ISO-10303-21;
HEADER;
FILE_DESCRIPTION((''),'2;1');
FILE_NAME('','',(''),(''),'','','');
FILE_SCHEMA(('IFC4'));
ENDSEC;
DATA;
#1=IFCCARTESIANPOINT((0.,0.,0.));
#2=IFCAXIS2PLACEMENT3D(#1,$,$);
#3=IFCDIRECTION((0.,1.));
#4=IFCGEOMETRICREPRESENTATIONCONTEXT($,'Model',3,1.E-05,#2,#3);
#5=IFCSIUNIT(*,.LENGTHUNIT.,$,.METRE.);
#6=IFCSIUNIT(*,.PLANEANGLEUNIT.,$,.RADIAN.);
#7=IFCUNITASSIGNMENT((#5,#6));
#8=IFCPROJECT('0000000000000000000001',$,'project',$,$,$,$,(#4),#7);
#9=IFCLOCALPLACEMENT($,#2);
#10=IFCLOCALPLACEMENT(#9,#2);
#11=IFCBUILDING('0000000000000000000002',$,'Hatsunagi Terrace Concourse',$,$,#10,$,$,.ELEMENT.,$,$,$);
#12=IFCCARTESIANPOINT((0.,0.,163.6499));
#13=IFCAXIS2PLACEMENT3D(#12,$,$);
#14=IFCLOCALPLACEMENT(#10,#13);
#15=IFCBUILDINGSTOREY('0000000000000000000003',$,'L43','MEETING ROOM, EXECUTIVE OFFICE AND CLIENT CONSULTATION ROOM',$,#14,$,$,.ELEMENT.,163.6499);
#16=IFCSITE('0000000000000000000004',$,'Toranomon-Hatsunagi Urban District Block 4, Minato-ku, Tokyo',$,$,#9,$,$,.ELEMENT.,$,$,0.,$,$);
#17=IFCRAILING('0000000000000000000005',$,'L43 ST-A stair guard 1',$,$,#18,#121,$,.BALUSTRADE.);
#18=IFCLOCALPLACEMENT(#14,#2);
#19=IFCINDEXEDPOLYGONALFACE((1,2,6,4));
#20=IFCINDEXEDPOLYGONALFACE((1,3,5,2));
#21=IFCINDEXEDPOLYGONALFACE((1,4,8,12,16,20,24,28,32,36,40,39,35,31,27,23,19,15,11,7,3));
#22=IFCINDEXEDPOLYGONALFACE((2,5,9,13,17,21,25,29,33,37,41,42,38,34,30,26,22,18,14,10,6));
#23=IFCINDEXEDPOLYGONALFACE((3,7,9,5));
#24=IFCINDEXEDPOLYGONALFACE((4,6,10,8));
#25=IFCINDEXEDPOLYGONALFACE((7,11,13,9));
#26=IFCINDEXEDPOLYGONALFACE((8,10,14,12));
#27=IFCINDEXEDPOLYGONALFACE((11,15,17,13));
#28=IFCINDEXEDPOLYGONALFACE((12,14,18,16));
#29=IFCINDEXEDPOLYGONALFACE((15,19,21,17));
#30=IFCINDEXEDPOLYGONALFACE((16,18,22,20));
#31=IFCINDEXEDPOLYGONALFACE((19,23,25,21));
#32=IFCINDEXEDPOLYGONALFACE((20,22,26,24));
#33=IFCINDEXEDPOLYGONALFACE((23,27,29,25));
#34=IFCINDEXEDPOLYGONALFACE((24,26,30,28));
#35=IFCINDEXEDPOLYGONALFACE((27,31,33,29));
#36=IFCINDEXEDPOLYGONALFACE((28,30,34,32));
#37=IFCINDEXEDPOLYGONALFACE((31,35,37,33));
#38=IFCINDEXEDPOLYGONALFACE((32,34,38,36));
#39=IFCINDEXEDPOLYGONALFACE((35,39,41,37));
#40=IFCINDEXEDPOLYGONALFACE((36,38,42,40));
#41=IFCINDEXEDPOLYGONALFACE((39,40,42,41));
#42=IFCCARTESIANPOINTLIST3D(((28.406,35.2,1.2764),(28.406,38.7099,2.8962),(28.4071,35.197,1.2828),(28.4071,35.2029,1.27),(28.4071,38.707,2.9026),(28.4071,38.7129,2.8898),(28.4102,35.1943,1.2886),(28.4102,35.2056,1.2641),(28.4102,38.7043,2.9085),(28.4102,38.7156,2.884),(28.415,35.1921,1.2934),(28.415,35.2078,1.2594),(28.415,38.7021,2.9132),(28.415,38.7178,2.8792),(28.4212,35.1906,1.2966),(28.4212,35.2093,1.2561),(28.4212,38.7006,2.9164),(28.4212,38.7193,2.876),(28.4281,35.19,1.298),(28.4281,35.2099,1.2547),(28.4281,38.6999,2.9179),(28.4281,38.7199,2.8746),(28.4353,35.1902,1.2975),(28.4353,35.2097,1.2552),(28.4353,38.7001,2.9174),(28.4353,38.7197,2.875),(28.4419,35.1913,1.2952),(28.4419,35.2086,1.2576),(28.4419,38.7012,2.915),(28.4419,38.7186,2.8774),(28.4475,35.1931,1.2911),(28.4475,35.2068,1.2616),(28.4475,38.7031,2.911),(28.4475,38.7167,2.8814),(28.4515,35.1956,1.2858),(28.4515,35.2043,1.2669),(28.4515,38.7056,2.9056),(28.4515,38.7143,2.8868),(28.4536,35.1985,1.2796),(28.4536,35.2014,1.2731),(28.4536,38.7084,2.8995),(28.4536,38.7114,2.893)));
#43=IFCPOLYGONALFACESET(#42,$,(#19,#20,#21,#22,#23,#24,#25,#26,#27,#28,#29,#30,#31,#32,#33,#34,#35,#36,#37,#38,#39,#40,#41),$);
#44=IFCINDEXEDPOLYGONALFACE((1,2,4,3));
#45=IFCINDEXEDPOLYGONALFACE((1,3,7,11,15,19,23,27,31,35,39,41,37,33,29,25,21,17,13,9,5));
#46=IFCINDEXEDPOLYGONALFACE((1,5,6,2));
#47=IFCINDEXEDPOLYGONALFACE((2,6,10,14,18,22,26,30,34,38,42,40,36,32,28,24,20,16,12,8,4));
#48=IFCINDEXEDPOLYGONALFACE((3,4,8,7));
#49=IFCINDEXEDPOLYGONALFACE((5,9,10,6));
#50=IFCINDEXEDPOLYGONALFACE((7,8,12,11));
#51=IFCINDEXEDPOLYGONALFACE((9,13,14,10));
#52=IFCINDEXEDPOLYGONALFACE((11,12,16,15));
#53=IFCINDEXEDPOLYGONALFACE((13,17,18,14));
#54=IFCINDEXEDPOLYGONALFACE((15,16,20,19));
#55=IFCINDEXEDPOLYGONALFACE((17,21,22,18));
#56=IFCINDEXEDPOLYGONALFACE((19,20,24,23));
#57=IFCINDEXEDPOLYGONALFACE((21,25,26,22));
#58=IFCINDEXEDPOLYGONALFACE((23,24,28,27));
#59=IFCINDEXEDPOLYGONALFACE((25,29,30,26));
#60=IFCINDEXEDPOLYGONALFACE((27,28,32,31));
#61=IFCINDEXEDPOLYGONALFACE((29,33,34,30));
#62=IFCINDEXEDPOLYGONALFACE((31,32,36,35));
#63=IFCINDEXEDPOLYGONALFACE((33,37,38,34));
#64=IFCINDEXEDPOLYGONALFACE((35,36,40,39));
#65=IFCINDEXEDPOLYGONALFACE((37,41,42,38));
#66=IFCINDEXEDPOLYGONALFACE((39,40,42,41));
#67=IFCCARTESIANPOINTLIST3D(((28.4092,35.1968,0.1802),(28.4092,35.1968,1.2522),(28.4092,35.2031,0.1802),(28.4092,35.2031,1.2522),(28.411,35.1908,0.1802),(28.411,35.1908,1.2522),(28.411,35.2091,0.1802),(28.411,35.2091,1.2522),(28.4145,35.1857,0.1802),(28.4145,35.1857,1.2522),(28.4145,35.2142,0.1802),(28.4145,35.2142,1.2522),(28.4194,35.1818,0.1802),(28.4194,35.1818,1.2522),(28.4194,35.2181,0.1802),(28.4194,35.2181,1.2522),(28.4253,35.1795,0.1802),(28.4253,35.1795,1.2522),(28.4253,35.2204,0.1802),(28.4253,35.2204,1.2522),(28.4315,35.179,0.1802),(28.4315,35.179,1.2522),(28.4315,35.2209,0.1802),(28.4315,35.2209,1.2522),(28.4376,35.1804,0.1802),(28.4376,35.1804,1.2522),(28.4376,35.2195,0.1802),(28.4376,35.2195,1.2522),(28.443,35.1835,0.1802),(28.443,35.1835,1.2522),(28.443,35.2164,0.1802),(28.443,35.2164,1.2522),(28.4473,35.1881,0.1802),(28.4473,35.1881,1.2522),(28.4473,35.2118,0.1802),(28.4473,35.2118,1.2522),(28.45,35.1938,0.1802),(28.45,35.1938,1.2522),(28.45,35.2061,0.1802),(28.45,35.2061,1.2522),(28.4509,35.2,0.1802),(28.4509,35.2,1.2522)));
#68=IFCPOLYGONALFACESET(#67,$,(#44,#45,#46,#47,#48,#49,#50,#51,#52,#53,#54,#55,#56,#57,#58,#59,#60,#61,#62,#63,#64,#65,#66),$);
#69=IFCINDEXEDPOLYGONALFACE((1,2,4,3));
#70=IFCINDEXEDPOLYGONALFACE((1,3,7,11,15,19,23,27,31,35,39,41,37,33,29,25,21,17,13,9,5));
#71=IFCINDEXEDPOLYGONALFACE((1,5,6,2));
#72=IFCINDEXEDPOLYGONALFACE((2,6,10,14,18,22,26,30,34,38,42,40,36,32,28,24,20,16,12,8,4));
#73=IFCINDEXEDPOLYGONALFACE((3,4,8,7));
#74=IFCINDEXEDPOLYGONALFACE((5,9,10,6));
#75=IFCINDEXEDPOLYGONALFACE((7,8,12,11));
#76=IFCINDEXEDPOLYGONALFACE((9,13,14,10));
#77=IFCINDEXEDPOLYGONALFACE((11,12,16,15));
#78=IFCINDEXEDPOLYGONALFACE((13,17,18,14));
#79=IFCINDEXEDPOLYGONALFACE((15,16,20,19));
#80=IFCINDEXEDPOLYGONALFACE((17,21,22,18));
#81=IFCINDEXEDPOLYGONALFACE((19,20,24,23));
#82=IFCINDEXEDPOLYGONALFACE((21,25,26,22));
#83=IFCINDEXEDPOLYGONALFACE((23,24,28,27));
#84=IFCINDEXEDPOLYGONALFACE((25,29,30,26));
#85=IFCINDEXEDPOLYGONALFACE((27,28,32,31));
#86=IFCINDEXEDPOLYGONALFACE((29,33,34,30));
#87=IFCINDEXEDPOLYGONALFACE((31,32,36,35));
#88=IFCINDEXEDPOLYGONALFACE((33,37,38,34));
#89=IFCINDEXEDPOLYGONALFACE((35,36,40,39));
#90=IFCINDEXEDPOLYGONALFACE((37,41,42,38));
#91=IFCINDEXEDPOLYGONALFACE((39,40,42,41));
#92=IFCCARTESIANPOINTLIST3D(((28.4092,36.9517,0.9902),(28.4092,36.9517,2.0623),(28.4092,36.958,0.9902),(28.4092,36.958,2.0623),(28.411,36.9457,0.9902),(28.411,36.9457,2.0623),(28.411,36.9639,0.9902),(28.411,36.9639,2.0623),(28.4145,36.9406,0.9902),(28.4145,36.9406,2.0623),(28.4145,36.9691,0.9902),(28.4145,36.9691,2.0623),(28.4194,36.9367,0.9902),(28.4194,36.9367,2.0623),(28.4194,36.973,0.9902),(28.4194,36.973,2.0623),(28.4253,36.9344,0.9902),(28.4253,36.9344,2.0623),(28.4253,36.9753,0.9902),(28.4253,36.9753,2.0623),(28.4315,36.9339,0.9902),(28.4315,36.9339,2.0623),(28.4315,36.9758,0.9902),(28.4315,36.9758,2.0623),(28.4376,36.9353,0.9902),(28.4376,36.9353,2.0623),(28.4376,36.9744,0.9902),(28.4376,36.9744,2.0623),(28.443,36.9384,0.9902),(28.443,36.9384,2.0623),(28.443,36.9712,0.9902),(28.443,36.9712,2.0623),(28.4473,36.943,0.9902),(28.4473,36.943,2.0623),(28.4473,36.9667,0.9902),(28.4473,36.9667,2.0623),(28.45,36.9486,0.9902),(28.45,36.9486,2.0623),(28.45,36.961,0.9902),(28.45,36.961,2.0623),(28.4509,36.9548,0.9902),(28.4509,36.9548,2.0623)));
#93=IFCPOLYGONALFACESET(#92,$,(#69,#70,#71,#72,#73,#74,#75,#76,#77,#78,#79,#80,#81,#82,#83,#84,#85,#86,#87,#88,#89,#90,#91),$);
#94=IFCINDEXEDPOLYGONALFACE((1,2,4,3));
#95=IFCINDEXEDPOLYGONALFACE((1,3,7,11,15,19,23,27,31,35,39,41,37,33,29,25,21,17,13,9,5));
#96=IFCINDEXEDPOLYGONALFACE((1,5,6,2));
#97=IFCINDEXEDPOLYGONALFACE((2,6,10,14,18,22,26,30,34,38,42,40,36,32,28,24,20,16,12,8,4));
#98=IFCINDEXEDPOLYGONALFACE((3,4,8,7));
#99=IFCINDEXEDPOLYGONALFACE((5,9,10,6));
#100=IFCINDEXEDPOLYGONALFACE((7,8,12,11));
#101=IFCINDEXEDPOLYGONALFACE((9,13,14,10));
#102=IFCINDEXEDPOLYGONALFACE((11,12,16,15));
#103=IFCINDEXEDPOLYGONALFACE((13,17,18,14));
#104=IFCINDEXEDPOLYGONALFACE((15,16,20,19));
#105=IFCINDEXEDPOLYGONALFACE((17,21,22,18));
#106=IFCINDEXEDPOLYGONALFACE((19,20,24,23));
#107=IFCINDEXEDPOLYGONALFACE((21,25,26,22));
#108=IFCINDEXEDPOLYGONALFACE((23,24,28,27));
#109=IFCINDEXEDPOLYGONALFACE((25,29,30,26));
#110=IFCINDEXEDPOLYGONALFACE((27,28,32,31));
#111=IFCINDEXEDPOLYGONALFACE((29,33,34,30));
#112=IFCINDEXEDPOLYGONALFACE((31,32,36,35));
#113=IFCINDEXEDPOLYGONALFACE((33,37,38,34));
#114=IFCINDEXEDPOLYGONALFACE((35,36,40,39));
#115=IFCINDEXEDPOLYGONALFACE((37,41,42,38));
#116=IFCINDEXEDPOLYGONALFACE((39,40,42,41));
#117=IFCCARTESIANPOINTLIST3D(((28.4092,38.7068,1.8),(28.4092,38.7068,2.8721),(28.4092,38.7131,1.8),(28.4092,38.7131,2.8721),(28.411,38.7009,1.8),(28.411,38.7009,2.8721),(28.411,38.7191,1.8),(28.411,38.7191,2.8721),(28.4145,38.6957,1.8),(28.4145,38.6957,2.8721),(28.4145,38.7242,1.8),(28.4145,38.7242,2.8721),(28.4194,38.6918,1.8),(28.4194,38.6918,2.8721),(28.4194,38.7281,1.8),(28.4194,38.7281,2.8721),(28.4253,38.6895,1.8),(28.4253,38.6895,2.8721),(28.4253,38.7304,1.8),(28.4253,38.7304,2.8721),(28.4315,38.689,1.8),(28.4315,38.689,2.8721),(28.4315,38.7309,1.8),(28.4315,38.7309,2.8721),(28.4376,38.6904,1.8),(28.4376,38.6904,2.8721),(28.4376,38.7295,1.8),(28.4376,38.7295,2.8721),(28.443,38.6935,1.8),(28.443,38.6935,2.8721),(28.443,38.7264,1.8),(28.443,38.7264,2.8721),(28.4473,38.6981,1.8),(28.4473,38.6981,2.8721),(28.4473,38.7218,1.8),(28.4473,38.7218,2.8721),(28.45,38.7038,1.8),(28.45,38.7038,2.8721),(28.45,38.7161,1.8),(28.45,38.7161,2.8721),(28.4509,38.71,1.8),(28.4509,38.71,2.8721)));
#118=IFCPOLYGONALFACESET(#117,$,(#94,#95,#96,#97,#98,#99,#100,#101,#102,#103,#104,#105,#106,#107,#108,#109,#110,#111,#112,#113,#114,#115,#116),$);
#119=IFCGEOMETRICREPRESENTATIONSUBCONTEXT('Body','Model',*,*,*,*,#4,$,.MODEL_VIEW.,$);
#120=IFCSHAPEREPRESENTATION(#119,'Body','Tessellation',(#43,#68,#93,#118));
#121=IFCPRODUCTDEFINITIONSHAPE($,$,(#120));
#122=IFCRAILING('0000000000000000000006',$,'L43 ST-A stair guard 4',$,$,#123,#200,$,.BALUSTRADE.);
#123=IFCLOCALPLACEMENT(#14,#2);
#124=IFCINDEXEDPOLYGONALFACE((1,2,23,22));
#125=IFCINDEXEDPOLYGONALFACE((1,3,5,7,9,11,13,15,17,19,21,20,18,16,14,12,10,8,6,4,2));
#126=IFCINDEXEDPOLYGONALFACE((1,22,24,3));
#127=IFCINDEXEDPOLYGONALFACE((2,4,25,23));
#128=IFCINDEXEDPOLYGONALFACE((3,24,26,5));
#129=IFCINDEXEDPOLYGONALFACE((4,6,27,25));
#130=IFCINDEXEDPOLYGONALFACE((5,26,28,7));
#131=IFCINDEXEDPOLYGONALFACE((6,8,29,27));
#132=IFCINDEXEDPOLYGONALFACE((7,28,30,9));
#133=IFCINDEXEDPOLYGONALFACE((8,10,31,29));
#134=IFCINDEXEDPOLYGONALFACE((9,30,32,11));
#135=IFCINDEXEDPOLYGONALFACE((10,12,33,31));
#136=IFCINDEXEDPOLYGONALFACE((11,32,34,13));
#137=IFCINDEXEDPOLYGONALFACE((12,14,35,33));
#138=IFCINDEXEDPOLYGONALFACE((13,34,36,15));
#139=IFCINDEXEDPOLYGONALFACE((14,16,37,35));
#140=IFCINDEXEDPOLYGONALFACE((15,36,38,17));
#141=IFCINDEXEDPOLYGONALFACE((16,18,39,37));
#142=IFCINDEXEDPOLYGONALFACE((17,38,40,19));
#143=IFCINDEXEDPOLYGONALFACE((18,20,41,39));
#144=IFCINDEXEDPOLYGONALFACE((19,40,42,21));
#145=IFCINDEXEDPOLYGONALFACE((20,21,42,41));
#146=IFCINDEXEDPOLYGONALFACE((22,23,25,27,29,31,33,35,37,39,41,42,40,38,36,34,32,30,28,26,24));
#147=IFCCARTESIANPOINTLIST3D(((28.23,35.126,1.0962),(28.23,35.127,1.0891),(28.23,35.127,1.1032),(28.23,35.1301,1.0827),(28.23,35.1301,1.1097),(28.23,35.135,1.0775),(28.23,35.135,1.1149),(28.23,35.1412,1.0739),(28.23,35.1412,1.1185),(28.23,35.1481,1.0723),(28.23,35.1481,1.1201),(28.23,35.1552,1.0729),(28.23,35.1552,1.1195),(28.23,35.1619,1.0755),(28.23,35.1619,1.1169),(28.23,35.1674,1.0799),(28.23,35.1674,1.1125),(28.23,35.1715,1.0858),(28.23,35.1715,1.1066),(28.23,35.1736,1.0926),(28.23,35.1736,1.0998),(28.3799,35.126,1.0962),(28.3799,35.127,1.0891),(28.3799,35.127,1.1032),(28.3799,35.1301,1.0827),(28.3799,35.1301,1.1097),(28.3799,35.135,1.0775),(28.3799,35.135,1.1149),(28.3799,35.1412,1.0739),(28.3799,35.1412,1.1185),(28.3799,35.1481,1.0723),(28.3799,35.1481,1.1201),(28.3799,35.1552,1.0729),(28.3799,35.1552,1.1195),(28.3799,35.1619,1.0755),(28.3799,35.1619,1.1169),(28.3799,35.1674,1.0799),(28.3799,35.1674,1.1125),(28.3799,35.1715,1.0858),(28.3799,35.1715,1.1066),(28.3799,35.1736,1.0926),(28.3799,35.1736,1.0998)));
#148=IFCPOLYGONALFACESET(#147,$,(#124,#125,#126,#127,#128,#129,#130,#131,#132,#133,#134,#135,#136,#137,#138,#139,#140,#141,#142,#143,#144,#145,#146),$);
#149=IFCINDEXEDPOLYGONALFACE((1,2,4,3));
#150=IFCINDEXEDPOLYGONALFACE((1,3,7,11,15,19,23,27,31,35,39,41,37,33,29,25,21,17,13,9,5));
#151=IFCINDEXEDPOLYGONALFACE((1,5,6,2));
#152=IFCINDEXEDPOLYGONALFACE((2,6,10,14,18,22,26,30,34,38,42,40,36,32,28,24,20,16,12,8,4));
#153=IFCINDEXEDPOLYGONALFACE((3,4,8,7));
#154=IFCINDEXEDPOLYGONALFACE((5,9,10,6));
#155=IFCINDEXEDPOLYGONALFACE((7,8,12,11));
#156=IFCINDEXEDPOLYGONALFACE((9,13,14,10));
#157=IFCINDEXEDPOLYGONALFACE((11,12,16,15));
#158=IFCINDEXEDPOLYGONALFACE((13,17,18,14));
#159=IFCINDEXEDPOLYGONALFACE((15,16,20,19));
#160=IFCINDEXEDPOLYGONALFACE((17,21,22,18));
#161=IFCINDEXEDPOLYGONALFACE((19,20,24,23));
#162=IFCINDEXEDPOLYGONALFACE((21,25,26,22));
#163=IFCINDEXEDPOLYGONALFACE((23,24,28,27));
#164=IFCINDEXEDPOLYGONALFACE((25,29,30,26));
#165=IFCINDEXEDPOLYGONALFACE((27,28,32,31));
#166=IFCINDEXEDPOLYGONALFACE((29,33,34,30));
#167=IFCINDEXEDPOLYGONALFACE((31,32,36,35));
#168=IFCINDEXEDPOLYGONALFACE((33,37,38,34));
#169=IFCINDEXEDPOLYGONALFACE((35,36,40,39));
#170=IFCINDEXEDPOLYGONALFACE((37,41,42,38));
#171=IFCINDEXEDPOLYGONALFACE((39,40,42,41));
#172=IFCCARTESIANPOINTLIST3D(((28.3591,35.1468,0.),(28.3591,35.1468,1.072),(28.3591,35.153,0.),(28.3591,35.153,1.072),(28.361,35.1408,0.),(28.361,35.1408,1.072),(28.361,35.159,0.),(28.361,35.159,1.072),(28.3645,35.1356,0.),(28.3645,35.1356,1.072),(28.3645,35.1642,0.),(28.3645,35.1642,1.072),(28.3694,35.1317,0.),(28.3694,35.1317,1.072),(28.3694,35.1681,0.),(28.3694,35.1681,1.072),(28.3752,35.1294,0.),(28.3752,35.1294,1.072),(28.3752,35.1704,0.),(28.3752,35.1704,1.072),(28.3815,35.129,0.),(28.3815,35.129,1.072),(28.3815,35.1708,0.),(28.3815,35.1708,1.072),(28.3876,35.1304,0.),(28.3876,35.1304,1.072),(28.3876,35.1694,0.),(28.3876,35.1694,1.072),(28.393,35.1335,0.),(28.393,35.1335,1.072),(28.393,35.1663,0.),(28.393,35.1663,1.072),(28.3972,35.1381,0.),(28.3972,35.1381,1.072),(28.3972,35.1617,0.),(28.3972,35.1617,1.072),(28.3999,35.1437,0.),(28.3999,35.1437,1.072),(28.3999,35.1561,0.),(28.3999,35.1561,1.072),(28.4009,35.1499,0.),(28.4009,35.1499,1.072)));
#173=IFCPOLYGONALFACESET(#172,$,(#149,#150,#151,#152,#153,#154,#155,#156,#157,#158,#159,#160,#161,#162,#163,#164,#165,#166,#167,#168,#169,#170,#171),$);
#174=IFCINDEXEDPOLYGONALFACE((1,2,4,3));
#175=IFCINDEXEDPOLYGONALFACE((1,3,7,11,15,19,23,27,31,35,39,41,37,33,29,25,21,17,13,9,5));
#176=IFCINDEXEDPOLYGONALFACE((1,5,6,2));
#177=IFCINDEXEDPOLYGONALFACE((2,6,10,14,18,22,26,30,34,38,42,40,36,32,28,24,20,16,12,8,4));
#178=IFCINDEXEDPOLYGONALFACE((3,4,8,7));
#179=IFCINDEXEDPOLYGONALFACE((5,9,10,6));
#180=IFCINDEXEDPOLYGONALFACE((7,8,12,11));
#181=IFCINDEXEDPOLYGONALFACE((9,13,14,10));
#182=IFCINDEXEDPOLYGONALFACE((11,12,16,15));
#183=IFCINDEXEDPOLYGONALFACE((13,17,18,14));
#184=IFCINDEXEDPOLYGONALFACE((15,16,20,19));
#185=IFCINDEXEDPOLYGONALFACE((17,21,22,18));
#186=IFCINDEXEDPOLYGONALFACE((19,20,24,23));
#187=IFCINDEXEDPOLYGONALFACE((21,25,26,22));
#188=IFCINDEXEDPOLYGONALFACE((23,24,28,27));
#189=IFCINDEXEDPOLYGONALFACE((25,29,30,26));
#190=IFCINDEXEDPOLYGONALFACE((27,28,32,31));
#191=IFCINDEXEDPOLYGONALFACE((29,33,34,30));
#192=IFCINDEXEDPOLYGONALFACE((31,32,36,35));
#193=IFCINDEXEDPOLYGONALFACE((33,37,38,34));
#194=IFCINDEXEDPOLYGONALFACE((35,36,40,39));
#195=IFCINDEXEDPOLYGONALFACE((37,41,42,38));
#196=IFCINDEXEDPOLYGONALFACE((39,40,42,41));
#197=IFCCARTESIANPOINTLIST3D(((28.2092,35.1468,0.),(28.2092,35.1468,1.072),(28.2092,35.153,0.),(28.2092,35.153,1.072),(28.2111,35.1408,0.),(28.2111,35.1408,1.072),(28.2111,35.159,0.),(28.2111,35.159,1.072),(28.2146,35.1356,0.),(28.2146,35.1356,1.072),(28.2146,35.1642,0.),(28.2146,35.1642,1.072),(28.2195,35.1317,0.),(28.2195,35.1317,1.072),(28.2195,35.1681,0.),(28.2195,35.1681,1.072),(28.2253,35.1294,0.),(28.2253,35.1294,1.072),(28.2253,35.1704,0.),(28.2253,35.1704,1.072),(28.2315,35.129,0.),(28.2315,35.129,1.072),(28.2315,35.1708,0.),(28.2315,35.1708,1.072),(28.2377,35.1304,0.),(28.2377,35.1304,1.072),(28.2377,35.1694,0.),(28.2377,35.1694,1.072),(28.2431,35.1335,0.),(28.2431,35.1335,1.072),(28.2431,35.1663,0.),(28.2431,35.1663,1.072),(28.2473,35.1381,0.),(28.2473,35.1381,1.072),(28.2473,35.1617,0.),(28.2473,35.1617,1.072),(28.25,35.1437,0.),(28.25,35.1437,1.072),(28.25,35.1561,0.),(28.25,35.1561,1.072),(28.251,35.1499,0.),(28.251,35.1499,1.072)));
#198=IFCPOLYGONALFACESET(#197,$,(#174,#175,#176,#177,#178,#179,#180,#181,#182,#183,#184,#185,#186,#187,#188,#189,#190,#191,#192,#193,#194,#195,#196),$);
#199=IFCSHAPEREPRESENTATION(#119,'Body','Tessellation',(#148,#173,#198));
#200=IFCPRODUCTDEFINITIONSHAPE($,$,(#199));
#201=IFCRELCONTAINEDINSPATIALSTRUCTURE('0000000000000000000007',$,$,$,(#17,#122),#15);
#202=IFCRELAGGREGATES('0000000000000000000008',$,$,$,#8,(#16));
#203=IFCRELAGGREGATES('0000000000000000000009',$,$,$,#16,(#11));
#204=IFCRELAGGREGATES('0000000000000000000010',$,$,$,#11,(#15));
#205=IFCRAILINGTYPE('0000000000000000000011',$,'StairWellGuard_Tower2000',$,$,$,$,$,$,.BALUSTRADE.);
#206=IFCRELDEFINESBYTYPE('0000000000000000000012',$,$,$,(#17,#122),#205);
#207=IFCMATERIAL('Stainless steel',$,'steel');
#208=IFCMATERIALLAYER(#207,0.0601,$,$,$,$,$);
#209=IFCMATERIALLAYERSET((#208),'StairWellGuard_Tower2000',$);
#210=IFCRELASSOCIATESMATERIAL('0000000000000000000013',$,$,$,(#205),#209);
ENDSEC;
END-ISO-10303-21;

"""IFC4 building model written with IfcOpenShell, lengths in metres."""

from ifc_helpers import new_model, si_unit, direction, frame, origin, origin_2d, place, context, subcontext, project, spatial, circle, extrude, material, layer, layer_set, type_object, element, save


model = new_model("IFC4")

# Units and contexts
model_context = context("Model", 3, precision=1e-05, world=origin(), true_north=direction((0.0, 1.0)))
body_context = subcontext(model_context, "Body", "Model", "MODEL_VIEW")
ifc_project = project(units=[si_unit("LENGTHUNIT", "METRE"), si_unit("PLANEANGLEUNIT", "RADIAN")], contexts=[model_context])

# Site, building, storey
site_placement = place(None, origin())
site = spatial("IfcSite", under=ifc_project, at=site_placement, Name="Toranomon-Hatsunagi Urban District Block 4, Minato-ku, Tokyo", CompositionType="ELEMENT", RefElevation=0.0)
building_placement = place(site_placement, origin())
building = spatial("IfcBuilding", under=site, at=building_placement, Name="Hatsunagi Terrace Concourse", CompositionType="ELEMENT")
storey_placement = place(building_placement, frame((0.0, 0.0, 163.6499)))
storey = spatial("IfcBuildingStorey", under=building, at=storey_placement, Name="L43", Description="MEETING ROOM, EXECUTIVE OFFICE AND CLIENT CONSULTATION ROOM", CompositionType="ELEMENT", Elevation=163.6499)

# Railings
ifc_material_1 = material(Name="Stainless steel", Category="steel")
ifc_layer_1 = layer(ifc_material_1, 0.0601)
ifc_layer_set_1 = layer_set([ifc_layer_1], Name="StairWellGuard_Tower2000")
railing_type_1 = type_object("IfcRailingType", Name="StairWellGuard_Tower2000", PredefinedType="BALUSTRADE", material=ifc_layer_set_1)
railing_1_placement = place(storey_placement, frame((28.4299, 35.2, 0.1802)))
element("IfcRailing", 1, at=railing_1_placement, inside=storey, type_object=railing_type_1, Name="L43 ST-A stair guard 1", PredefinedType="BALUSTRADE", context=body_context, shape_type="SweptSolid", body=[
    extrude(circle(Radius=0.0239, at=origin_2d()), frame((0.0, 0.0, 1.0962), z_axis=(0.0, 0.907972, 0.41903), x_axis=(-1.0, 0.0, 0.0)), (0.0, 0.0, 1.0), 3.8657),
    extrude(circle(Radius=0.021, at=origin_2d()), origin(), (0.0, 0.0, 1.0), 1.072),
    extrude(circle(Radius=0.021, at=origin_2d()), frame((0.0, 1.7549, 0.8101)), (0.0, 0.0, 1.0), 1.072),
    extrude(circle(Radius=0.021, at=origin_2d()), frame((0.0, 3.51, 1.6199)), (0.0, 0.0, 1.0), 1.072),
])
railing_2_placement = place(storey_placement, frame((28.3799, 35.1499, 0.0)))
element("IfcRailing", 2, at=railing_2_placement, inside=storey, type_object=railing_type_1, Name="L43 ST-A stair guard 4", PredefinedType="BALUSTRADE", context=body_context, shape_type="SweptSolid", body=[
    extrude(circle(Radius=0.0239, at=origin_2d()), frame((0.0, 0.0, 1.0962), z_axis=(-1.0, 0.0, 0.0), x_axis=(0.0, -1.0, 0.0)), (0.0, 0.0, 1.0), 0.1499),
    extrude(circle(Radius=0.021, at=origin_2d()), origin(), (0.0, 0.0, 1.0), 1.072),
    extrude(circle(Radius=0.021, at=origin_2d()), frame((-0.1499, 0.0, 0.0)), (0.0, 0.0, 1.0), 1.072),
])

save(model, "model.ifc")
